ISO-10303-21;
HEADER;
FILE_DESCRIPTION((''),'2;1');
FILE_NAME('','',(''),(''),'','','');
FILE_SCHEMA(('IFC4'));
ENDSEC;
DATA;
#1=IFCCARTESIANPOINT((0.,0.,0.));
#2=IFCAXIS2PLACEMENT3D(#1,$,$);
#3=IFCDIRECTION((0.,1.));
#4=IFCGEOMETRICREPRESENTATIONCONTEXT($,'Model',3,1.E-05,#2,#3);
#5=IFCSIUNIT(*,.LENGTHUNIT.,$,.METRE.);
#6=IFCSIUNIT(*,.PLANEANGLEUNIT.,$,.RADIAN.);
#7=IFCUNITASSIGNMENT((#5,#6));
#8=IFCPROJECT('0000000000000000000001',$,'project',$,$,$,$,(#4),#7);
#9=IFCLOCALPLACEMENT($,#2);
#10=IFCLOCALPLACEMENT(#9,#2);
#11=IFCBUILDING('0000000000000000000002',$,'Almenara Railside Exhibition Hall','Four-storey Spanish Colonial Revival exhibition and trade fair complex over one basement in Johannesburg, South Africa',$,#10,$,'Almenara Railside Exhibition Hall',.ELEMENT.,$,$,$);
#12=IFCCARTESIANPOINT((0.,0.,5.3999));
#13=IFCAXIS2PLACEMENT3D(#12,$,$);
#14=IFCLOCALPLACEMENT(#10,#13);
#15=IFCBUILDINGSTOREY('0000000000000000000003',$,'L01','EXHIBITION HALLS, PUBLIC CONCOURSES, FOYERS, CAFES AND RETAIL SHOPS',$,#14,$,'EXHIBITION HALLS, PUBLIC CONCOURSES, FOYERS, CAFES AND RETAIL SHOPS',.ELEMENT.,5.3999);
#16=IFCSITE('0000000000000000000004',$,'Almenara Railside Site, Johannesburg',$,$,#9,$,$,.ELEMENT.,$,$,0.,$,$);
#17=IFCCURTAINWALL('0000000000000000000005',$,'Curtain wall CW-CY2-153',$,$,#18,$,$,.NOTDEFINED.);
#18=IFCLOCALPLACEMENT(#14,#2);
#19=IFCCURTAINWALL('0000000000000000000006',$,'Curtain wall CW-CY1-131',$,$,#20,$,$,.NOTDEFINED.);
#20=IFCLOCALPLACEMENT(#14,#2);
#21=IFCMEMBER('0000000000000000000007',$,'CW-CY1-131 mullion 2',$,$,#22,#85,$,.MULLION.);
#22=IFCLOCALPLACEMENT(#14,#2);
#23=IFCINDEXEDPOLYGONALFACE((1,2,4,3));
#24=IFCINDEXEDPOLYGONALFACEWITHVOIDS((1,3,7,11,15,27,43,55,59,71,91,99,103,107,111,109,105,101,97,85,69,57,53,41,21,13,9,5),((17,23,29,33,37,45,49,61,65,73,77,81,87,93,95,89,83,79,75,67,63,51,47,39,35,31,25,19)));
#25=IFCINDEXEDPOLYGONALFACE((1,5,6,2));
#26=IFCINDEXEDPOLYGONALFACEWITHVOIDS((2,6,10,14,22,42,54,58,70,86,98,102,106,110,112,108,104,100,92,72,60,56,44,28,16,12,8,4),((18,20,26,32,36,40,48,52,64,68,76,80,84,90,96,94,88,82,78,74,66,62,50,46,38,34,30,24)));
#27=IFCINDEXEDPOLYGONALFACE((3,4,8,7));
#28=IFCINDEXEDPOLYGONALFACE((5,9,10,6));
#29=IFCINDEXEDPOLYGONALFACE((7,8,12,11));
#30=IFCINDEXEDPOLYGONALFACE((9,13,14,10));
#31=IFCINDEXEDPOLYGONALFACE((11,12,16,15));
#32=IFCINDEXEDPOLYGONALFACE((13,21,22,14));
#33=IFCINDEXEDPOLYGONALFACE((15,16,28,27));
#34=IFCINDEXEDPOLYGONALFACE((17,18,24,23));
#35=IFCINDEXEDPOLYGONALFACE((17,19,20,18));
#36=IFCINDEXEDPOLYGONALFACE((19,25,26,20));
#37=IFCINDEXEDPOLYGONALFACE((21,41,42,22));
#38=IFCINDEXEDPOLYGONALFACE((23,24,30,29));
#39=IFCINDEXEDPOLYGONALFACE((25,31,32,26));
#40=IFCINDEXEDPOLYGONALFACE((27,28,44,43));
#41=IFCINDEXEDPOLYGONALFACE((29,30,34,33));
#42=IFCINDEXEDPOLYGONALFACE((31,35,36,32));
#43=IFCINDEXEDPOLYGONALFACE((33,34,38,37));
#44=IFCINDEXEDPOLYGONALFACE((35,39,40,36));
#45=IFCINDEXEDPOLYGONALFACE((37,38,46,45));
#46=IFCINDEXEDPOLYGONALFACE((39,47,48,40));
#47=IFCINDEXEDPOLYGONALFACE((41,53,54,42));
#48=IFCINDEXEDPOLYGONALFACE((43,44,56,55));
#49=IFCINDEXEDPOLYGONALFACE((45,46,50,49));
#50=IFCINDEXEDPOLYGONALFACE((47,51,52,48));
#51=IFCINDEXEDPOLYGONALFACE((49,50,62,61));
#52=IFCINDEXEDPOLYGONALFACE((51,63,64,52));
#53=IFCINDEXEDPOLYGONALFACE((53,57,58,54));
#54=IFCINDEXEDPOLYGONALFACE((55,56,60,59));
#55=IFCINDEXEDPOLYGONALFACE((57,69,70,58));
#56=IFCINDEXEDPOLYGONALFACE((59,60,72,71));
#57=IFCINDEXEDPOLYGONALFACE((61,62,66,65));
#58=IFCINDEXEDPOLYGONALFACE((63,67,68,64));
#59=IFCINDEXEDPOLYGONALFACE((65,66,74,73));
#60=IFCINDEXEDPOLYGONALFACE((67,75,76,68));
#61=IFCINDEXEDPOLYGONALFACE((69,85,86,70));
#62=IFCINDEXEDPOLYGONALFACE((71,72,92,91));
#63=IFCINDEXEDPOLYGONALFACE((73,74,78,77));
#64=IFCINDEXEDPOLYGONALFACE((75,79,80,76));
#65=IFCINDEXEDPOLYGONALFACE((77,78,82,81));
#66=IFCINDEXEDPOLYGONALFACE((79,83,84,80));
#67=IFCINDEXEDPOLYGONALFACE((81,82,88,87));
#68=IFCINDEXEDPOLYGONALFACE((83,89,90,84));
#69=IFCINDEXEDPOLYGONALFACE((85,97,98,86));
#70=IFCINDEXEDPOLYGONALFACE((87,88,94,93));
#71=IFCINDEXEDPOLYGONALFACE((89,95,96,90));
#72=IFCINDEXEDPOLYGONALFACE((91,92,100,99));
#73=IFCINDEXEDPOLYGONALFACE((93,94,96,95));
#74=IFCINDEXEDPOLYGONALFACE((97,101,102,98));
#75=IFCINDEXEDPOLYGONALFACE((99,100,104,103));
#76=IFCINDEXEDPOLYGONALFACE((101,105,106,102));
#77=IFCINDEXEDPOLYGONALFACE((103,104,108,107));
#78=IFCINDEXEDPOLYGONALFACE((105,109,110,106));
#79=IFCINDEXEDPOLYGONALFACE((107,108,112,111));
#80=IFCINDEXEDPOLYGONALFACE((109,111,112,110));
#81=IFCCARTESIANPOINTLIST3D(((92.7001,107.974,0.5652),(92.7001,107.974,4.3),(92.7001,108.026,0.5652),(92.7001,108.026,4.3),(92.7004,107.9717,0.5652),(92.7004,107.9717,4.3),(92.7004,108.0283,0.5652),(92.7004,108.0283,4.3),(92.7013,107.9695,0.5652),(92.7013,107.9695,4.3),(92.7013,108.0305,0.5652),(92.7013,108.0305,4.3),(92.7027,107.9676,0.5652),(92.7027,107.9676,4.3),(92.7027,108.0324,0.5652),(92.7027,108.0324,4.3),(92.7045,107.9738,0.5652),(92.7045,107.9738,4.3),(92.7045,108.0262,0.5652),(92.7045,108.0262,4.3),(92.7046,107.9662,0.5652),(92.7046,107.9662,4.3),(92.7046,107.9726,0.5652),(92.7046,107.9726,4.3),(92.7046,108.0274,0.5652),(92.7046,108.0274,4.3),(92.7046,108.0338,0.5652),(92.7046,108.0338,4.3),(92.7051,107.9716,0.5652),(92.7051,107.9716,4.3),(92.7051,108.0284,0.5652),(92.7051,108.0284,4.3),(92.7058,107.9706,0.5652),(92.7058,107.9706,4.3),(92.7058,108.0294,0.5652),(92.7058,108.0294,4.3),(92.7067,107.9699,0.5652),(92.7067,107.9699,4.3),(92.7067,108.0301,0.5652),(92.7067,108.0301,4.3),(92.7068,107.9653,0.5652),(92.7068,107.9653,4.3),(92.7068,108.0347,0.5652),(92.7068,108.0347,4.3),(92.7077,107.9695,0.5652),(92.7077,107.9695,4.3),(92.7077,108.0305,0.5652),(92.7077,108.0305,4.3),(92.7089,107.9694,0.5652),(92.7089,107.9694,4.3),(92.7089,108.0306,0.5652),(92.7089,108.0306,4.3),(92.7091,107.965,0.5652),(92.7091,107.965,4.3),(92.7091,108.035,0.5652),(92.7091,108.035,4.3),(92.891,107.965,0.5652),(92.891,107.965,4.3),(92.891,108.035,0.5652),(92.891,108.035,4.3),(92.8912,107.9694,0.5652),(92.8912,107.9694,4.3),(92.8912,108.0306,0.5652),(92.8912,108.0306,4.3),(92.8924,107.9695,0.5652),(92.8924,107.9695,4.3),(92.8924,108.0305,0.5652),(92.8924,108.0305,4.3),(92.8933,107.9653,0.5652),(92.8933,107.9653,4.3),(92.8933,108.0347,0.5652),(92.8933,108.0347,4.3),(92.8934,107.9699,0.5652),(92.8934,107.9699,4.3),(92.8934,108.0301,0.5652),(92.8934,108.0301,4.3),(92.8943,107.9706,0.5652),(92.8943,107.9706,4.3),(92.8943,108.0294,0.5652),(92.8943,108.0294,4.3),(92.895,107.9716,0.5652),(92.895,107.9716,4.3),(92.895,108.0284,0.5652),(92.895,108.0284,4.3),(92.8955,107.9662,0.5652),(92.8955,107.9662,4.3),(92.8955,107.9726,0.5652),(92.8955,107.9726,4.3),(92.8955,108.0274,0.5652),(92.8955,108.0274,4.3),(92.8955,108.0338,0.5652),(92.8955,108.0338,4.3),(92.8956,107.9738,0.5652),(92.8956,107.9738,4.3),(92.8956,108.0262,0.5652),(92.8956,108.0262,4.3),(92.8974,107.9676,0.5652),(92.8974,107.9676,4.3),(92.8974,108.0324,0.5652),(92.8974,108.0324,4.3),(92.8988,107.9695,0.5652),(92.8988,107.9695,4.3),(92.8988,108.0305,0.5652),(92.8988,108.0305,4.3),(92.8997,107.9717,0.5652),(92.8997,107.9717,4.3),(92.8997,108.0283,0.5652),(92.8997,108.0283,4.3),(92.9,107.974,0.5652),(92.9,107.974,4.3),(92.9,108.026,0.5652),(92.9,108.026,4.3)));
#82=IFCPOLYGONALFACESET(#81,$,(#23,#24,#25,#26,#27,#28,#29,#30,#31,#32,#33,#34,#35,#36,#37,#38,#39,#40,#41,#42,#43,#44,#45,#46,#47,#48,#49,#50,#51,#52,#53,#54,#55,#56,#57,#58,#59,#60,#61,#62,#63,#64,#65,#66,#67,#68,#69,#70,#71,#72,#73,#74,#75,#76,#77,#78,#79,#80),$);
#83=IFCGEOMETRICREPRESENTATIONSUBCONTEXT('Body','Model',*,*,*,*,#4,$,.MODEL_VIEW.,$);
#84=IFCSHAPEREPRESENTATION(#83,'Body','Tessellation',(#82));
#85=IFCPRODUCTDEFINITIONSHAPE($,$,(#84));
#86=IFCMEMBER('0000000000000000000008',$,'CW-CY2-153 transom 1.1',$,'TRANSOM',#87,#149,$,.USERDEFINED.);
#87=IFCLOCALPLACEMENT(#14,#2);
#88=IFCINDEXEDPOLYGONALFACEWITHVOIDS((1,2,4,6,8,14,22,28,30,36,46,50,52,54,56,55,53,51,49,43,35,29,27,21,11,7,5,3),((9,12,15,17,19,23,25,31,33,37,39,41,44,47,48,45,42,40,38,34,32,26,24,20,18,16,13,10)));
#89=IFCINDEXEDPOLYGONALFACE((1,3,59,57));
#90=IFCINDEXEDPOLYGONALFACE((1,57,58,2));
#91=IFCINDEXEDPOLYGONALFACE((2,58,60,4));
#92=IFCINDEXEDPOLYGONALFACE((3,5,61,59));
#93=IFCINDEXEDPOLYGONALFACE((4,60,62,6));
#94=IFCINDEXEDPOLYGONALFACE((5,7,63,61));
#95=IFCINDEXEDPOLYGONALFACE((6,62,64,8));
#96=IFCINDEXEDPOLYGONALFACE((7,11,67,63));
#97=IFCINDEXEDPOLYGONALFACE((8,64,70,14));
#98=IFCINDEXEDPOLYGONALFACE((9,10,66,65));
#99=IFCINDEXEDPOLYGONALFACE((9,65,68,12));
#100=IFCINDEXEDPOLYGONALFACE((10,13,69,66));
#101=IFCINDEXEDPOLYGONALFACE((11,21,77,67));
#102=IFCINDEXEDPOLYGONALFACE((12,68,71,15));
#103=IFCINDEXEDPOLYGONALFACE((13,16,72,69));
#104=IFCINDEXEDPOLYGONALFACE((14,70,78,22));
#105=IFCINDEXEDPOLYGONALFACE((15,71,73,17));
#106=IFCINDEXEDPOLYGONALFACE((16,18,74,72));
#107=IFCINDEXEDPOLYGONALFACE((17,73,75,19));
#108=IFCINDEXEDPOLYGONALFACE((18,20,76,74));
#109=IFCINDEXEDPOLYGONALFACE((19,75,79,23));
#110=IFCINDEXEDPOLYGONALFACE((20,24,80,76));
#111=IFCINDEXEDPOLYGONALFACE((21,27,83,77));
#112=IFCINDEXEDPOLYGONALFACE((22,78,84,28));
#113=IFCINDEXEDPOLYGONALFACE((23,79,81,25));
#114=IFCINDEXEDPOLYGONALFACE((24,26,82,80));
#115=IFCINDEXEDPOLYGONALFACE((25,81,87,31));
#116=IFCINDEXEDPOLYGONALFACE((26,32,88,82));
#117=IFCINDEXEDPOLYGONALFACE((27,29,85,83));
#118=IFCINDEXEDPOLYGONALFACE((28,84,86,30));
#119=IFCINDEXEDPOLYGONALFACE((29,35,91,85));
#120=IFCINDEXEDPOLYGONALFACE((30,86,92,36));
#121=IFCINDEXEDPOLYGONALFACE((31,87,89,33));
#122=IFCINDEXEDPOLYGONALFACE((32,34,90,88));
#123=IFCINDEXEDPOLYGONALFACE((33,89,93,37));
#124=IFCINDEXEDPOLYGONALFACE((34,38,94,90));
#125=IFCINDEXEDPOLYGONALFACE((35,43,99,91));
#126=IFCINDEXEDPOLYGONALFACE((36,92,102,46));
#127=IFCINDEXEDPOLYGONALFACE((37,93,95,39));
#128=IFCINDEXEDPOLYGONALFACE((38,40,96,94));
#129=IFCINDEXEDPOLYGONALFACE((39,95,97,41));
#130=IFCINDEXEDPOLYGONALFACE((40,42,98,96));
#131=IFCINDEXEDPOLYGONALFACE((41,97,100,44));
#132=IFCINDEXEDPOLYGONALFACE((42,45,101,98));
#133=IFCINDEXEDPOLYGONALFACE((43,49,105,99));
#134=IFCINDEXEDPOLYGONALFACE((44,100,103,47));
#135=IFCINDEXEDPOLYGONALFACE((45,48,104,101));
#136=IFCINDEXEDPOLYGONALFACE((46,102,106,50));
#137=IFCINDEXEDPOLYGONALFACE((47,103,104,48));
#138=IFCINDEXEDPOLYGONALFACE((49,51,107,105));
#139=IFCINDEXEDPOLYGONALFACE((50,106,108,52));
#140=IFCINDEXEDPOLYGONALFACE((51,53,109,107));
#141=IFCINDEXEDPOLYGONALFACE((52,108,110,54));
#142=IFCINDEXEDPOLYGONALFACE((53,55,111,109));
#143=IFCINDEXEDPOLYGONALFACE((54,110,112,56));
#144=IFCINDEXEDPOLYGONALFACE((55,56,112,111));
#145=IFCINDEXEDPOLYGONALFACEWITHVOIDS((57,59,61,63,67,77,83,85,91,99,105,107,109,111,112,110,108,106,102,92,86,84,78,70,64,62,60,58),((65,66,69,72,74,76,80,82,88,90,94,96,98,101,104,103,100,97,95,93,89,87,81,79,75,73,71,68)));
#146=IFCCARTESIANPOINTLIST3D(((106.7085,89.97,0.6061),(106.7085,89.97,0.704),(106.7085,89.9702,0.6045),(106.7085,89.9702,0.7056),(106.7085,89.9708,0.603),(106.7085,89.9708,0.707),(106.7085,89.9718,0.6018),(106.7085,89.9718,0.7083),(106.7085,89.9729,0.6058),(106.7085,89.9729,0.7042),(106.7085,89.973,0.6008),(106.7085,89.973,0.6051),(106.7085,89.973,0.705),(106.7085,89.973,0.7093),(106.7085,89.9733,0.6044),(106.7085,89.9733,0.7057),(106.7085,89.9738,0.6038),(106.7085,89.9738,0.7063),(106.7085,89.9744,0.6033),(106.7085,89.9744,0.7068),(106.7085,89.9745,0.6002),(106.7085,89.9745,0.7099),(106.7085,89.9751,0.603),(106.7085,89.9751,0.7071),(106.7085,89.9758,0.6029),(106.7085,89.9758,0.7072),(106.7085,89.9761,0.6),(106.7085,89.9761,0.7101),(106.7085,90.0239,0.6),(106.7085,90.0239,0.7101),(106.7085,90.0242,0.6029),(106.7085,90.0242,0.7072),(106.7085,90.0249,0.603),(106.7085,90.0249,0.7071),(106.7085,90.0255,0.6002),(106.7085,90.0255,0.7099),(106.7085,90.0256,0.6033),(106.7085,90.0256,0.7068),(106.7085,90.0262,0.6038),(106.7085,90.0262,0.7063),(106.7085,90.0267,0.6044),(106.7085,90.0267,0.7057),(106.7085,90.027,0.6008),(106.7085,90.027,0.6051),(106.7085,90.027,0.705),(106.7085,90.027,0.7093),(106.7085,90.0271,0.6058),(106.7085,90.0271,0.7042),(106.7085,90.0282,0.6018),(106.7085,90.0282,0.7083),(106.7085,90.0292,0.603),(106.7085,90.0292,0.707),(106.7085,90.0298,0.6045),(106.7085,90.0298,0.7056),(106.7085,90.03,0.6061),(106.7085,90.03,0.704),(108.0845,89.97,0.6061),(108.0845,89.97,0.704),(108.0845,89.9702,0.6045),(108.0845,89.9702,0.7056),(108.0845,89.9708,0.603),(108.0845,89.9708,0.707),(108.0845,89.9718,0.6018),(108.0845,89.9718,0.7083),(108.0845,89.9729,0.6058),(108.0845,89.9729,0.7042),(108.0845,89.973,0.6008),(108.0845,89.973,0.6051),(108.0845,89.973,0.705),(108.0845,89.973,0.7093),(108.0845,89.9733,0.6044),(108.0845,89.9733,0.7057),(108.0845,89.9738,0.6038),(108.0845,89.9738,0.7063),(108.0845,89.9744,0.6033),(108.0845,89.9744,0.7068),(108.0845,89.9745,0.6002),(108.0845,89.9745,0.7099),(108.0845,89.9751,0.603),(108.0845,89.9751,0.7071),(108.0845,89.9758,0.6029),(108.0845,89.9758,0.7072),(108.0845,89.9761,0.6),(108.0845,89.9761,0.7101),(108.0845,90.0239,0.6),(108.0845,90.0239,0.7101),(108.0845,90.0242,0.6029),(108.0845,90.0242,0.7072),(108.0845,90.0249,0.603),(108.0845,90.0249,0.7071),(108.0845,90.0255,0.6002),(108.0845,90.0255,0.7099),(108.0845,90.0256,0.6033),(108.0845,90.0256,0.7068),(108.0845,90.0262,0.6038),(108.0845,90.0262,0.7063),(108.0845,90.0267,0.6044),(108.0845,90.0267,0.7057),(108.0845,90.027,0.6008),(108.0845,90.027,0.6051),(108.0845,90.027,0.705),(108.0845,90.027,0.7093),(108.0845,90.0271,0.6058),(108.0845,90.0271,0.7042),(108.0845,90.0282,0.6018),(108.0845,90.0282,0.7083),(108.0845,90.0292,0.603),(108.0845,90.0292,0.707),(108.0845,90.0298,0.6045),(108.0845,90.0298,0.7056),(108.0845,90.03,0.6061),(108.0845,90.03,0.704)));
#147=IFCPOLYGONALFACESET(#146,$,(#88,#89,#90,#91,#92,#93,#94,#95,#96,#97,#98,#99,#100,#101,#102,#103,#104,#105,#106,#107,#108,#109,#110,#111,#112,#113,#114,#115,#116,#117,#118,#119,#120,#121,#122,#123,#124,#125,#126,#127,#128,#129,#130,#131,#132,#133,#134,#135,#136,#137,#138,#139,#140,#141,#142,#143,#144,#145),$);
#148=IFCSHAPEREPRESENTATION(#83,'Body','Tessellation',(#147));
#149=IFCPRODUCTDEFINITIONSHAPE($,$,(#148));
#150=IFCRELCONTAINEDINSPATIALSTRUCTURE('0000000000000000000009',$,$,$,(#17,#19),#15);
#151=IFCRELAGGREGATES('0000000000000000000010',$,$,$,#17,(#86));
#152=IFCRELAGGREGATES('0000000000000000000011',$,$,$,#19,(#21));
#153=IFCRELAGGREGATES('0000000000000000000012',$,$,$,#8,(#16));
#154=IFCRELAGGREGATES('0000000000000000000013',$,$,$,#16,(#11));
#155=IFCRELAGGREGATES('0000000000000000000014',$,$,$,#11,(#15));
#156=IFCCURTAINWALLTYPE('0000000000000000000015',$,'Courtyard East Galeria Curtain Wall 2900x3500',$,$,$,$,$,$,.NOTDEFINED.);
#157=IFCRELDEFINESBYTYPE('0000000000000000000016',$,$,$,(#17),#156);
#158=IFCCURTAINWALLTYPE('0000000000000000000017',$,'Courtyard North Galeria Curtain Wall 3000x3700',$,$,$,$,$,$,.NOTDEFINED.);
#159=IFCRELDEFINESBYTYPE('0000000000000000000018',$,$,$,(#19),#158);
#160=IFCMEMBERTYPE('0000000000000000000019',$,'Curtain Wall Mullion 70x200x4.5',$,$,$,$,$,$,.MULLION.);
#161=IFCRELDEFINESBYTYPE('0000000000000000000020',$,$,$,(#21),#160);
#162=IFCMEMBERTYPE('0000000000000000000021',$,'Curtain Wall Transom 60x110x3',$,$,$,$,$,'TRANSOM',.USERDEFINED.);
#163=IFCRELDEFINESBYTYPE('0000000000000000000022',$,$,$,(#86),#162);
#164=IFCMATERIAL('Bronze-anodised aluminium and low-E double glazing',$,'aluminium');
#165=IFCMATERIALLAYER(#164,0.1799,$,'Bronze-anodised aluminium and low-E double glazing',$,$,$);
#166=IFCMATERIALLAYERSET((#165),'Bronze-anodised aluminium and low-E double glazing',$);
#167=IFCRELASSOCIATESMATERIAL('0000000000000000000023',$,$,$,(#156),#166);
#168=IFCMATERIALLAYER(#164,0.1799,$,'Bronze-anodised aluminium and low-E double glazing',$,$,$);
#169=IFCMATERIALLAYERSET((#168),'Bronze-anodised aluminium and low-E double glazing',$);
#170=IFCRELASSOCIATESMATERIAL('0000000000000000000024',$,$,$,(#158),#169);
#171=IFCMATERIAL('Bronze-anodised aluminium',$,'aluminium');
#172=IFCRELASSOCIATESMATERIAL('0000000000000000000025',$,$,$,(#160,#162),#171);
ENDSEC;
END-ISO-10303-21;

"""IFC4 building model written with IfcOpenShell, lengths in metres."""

from ifc_helpers import new_model, si_unit, direction, frame, origin, origin_2d, place, context, subcontext, project, spatial, hollow_rectangle, extrude, material, layer, layer_set, material_profile, profile_set, type_object, element, aggregate, save


model = new_model("IFC4")

# Units and contexts
model_context = context("Model", 3, precision=1e-05, world=origin(), true_north=direction((0.0, 1.0)))
body_context = subcontext(model_context, "Body", "Model", "MODEL_VIEW")
ifc_project = project(units=[si_unit("LENGTHUNIT", "METRE"), si_unit("PLANEANGLEUNIT", "RADIAN")], contexts=[model_context])

# Site, building, storey
site_placement = place(None, origin())
site = spatial("IfcSite", under=ifc_project, at=site_placement, Name="Almenara Railside Site, Johannesburg", CompositionType="ELEMENT", RefElevation=0.0)
building_placement = place(site_placement, origin())
building = spatial("IfcBuilding", under=site, at=building_placement, Name="Almenara Railside Exhibition Hall", Description="Four-storey Spanish Colonial Revival exhibition and trade fair complex over one basement in Johannesburg, South Africa", LongName="Almenara Railside Exhibition Hall", CompositionType="ELEMENT")
storey_placement = place(building_placement, frame((0.0, 0.0, 5.3999)))
storey = spatial("IfcBuildingStorey", under=building, at=storey_placement, Name="L01", Description="EXHIBITION HALLS, PUBLIC CONCOURSES, FOYERS, CAFES AND RETAIL SHOPS", LongName="EXHIBITION HALLS, PUBLIC CONCOURSES, FOYERS, CAFES AND RETAIL SHOPS", CompositionType="ELEMENT", Elevation=5.3999)

# Curtain wall
ifc_material_1 = material(Name="Bronze-anodised aluminium and low-E double glazing", Category="aluminium")
ifc_layer_1 = layer(ifc_material_1, 0.1799, Name="Bronze-anodised aluminium and low-E double glazing")
ifc_layer_set_1 = layer_set([ifc_layer_1], Name="Bronze-anodised aluminium and low-E double glazing")
curtain_wall_type_1 = type_object("IfcCurtainWallType", Name="Courtyard East Galeria Curtain Wall 2900x3500", PredefinedType="NOTDEFINED", material=ifc_layer_set_1)
curtain_wall_1_placement = place(storey_placement, origin())
curtain_wall_1 = element("IfcCurtainWall", 1, at=curtain_wall_1_placement, inside=storey, type_object=curtain_wall_type_1, Name="Curtain wall CW-CY2-153", PredefinedType="NOTDEFINED")
ifc_material_2 = material(Name="Bronze-anodised aluminium", Category="aluminium")

# Curtain wall, member
ifc_layer_2 = layer(ifc_material_1, 0.1799, Name="Bronze-anodised aluminium and low-E double glazing")
ifc_layer_set_2 = layer_set([ifc_layer_2], Name="Bronze-anodised aluminium and low-E double glazing")
curtain_wall_type_2 = type_object("IfcCurtainWallType", Name="Courtyard North Galeria Curtain Wall 3000x3700", PredefinedType="NOTDEFINED", material=ifc_layer_set_2)
curtain_wall_2_placement = place(storey_placement, origin())
curtain_wall_2 = element("IfcCurtainWall", 2, at=curtain_wall_2_placement, inside=storey, type_object=curtain_wall_type_2, Name="Curtain wall CW-CY1-131", PredefinedType="NOTDEFINED")
ifc_material_profile_1 = material_profile(ifc_material_2, hollow_rectangle(XDim=0.0701, YDim=0.2, WallThickness=0.0044, InnerFilletRadius=0.0044, OuterFilletRadius=0.009, at=origin_2d()), Name="ALU-MUL 70x200x4.5")
ifc_profile_set_1 = profile_set([ifc_material_profile_1], Name="Bronze-anodised aluminium")
member_type_1 = type_object("IfcMemberType", Name="Curtain Wall Mullion 70x200x4.5", PredefinedType="MULLION", material=ifc_profile_set_1)
member_1_placement = place(storey_placement, frame((92.8, 108.0, 0.5652), z_axis=(0.0, 0.0, 1.0), x_axis=(0.0, 1.0, 0.0)))
member_1 = element("IfcMember", 3, at=member_1_placement, type_object=member_type_1, Name="CW-CY1-131 mullion 2", PredefinedType="MULLION", context=body_context, shape_type="SweptSolid", body=[
    extrude(hollow_rectangle(XDim=0.0701, YDim=0.2, WallThickness=0.0044, InnerFilletRadius=0.0044, OuterFilletRadius=0.009, at=origin_2d()), origin(), (0.0, 0.0, 1.0), 3.7349),
])

# Member
ifc_material_profile_2 = material_profile(ifc_material_2, hollow_rectangle(XDim=0.0601, YDim=0.1101, WallThickness=0.0029, InnerFilletRadius=0.0029, OuterFilletRadius=0.0061, at=origin_2d()), Name="ALU-TRN 60x110x3")
ifc_profile_set_2 = profile_set([ifc_material_profile_2], Name="Bronze-anodised aluminium")
member_type_2 = type_object("IfcMemberType", Name="Curtain Wall Transom 60x110x3", ElementType="TRANSOM", PredefinedType="USERDEFINED", material=ifc_profile_set_2)
member_2_placement = place(storey_placement, frame((108.0845, 90.0, 0.655), z_axis=(-1.0, 0.0, 0.0), x_axis=(0.0, -1.0, 0.0)))
member_2 = element("IfcMember", 4, at=member_2_placement, type_object=member_type_2, Name="CW-CY2-153 transom 1.1", ObjectType="TRANSOM", PredefinedType="USERDEFINED", context=body_context, shape_type="SweptSolid", body=[
    extrude(hollow_rectangle(XDim=0.0601, YDim=0.1101, WallThickness=0.0029, InnerFilletRadius=0.0029, OuterFilletRadius=0.0061, at=origin_2d()), origin(), (0.0, 0.0, 1.0), 1.376),
])

aggregate(curtain_wall_1, [member_2])
aggregate(curtain_wall_2, [member_1])

save(model, "model.ifc")
